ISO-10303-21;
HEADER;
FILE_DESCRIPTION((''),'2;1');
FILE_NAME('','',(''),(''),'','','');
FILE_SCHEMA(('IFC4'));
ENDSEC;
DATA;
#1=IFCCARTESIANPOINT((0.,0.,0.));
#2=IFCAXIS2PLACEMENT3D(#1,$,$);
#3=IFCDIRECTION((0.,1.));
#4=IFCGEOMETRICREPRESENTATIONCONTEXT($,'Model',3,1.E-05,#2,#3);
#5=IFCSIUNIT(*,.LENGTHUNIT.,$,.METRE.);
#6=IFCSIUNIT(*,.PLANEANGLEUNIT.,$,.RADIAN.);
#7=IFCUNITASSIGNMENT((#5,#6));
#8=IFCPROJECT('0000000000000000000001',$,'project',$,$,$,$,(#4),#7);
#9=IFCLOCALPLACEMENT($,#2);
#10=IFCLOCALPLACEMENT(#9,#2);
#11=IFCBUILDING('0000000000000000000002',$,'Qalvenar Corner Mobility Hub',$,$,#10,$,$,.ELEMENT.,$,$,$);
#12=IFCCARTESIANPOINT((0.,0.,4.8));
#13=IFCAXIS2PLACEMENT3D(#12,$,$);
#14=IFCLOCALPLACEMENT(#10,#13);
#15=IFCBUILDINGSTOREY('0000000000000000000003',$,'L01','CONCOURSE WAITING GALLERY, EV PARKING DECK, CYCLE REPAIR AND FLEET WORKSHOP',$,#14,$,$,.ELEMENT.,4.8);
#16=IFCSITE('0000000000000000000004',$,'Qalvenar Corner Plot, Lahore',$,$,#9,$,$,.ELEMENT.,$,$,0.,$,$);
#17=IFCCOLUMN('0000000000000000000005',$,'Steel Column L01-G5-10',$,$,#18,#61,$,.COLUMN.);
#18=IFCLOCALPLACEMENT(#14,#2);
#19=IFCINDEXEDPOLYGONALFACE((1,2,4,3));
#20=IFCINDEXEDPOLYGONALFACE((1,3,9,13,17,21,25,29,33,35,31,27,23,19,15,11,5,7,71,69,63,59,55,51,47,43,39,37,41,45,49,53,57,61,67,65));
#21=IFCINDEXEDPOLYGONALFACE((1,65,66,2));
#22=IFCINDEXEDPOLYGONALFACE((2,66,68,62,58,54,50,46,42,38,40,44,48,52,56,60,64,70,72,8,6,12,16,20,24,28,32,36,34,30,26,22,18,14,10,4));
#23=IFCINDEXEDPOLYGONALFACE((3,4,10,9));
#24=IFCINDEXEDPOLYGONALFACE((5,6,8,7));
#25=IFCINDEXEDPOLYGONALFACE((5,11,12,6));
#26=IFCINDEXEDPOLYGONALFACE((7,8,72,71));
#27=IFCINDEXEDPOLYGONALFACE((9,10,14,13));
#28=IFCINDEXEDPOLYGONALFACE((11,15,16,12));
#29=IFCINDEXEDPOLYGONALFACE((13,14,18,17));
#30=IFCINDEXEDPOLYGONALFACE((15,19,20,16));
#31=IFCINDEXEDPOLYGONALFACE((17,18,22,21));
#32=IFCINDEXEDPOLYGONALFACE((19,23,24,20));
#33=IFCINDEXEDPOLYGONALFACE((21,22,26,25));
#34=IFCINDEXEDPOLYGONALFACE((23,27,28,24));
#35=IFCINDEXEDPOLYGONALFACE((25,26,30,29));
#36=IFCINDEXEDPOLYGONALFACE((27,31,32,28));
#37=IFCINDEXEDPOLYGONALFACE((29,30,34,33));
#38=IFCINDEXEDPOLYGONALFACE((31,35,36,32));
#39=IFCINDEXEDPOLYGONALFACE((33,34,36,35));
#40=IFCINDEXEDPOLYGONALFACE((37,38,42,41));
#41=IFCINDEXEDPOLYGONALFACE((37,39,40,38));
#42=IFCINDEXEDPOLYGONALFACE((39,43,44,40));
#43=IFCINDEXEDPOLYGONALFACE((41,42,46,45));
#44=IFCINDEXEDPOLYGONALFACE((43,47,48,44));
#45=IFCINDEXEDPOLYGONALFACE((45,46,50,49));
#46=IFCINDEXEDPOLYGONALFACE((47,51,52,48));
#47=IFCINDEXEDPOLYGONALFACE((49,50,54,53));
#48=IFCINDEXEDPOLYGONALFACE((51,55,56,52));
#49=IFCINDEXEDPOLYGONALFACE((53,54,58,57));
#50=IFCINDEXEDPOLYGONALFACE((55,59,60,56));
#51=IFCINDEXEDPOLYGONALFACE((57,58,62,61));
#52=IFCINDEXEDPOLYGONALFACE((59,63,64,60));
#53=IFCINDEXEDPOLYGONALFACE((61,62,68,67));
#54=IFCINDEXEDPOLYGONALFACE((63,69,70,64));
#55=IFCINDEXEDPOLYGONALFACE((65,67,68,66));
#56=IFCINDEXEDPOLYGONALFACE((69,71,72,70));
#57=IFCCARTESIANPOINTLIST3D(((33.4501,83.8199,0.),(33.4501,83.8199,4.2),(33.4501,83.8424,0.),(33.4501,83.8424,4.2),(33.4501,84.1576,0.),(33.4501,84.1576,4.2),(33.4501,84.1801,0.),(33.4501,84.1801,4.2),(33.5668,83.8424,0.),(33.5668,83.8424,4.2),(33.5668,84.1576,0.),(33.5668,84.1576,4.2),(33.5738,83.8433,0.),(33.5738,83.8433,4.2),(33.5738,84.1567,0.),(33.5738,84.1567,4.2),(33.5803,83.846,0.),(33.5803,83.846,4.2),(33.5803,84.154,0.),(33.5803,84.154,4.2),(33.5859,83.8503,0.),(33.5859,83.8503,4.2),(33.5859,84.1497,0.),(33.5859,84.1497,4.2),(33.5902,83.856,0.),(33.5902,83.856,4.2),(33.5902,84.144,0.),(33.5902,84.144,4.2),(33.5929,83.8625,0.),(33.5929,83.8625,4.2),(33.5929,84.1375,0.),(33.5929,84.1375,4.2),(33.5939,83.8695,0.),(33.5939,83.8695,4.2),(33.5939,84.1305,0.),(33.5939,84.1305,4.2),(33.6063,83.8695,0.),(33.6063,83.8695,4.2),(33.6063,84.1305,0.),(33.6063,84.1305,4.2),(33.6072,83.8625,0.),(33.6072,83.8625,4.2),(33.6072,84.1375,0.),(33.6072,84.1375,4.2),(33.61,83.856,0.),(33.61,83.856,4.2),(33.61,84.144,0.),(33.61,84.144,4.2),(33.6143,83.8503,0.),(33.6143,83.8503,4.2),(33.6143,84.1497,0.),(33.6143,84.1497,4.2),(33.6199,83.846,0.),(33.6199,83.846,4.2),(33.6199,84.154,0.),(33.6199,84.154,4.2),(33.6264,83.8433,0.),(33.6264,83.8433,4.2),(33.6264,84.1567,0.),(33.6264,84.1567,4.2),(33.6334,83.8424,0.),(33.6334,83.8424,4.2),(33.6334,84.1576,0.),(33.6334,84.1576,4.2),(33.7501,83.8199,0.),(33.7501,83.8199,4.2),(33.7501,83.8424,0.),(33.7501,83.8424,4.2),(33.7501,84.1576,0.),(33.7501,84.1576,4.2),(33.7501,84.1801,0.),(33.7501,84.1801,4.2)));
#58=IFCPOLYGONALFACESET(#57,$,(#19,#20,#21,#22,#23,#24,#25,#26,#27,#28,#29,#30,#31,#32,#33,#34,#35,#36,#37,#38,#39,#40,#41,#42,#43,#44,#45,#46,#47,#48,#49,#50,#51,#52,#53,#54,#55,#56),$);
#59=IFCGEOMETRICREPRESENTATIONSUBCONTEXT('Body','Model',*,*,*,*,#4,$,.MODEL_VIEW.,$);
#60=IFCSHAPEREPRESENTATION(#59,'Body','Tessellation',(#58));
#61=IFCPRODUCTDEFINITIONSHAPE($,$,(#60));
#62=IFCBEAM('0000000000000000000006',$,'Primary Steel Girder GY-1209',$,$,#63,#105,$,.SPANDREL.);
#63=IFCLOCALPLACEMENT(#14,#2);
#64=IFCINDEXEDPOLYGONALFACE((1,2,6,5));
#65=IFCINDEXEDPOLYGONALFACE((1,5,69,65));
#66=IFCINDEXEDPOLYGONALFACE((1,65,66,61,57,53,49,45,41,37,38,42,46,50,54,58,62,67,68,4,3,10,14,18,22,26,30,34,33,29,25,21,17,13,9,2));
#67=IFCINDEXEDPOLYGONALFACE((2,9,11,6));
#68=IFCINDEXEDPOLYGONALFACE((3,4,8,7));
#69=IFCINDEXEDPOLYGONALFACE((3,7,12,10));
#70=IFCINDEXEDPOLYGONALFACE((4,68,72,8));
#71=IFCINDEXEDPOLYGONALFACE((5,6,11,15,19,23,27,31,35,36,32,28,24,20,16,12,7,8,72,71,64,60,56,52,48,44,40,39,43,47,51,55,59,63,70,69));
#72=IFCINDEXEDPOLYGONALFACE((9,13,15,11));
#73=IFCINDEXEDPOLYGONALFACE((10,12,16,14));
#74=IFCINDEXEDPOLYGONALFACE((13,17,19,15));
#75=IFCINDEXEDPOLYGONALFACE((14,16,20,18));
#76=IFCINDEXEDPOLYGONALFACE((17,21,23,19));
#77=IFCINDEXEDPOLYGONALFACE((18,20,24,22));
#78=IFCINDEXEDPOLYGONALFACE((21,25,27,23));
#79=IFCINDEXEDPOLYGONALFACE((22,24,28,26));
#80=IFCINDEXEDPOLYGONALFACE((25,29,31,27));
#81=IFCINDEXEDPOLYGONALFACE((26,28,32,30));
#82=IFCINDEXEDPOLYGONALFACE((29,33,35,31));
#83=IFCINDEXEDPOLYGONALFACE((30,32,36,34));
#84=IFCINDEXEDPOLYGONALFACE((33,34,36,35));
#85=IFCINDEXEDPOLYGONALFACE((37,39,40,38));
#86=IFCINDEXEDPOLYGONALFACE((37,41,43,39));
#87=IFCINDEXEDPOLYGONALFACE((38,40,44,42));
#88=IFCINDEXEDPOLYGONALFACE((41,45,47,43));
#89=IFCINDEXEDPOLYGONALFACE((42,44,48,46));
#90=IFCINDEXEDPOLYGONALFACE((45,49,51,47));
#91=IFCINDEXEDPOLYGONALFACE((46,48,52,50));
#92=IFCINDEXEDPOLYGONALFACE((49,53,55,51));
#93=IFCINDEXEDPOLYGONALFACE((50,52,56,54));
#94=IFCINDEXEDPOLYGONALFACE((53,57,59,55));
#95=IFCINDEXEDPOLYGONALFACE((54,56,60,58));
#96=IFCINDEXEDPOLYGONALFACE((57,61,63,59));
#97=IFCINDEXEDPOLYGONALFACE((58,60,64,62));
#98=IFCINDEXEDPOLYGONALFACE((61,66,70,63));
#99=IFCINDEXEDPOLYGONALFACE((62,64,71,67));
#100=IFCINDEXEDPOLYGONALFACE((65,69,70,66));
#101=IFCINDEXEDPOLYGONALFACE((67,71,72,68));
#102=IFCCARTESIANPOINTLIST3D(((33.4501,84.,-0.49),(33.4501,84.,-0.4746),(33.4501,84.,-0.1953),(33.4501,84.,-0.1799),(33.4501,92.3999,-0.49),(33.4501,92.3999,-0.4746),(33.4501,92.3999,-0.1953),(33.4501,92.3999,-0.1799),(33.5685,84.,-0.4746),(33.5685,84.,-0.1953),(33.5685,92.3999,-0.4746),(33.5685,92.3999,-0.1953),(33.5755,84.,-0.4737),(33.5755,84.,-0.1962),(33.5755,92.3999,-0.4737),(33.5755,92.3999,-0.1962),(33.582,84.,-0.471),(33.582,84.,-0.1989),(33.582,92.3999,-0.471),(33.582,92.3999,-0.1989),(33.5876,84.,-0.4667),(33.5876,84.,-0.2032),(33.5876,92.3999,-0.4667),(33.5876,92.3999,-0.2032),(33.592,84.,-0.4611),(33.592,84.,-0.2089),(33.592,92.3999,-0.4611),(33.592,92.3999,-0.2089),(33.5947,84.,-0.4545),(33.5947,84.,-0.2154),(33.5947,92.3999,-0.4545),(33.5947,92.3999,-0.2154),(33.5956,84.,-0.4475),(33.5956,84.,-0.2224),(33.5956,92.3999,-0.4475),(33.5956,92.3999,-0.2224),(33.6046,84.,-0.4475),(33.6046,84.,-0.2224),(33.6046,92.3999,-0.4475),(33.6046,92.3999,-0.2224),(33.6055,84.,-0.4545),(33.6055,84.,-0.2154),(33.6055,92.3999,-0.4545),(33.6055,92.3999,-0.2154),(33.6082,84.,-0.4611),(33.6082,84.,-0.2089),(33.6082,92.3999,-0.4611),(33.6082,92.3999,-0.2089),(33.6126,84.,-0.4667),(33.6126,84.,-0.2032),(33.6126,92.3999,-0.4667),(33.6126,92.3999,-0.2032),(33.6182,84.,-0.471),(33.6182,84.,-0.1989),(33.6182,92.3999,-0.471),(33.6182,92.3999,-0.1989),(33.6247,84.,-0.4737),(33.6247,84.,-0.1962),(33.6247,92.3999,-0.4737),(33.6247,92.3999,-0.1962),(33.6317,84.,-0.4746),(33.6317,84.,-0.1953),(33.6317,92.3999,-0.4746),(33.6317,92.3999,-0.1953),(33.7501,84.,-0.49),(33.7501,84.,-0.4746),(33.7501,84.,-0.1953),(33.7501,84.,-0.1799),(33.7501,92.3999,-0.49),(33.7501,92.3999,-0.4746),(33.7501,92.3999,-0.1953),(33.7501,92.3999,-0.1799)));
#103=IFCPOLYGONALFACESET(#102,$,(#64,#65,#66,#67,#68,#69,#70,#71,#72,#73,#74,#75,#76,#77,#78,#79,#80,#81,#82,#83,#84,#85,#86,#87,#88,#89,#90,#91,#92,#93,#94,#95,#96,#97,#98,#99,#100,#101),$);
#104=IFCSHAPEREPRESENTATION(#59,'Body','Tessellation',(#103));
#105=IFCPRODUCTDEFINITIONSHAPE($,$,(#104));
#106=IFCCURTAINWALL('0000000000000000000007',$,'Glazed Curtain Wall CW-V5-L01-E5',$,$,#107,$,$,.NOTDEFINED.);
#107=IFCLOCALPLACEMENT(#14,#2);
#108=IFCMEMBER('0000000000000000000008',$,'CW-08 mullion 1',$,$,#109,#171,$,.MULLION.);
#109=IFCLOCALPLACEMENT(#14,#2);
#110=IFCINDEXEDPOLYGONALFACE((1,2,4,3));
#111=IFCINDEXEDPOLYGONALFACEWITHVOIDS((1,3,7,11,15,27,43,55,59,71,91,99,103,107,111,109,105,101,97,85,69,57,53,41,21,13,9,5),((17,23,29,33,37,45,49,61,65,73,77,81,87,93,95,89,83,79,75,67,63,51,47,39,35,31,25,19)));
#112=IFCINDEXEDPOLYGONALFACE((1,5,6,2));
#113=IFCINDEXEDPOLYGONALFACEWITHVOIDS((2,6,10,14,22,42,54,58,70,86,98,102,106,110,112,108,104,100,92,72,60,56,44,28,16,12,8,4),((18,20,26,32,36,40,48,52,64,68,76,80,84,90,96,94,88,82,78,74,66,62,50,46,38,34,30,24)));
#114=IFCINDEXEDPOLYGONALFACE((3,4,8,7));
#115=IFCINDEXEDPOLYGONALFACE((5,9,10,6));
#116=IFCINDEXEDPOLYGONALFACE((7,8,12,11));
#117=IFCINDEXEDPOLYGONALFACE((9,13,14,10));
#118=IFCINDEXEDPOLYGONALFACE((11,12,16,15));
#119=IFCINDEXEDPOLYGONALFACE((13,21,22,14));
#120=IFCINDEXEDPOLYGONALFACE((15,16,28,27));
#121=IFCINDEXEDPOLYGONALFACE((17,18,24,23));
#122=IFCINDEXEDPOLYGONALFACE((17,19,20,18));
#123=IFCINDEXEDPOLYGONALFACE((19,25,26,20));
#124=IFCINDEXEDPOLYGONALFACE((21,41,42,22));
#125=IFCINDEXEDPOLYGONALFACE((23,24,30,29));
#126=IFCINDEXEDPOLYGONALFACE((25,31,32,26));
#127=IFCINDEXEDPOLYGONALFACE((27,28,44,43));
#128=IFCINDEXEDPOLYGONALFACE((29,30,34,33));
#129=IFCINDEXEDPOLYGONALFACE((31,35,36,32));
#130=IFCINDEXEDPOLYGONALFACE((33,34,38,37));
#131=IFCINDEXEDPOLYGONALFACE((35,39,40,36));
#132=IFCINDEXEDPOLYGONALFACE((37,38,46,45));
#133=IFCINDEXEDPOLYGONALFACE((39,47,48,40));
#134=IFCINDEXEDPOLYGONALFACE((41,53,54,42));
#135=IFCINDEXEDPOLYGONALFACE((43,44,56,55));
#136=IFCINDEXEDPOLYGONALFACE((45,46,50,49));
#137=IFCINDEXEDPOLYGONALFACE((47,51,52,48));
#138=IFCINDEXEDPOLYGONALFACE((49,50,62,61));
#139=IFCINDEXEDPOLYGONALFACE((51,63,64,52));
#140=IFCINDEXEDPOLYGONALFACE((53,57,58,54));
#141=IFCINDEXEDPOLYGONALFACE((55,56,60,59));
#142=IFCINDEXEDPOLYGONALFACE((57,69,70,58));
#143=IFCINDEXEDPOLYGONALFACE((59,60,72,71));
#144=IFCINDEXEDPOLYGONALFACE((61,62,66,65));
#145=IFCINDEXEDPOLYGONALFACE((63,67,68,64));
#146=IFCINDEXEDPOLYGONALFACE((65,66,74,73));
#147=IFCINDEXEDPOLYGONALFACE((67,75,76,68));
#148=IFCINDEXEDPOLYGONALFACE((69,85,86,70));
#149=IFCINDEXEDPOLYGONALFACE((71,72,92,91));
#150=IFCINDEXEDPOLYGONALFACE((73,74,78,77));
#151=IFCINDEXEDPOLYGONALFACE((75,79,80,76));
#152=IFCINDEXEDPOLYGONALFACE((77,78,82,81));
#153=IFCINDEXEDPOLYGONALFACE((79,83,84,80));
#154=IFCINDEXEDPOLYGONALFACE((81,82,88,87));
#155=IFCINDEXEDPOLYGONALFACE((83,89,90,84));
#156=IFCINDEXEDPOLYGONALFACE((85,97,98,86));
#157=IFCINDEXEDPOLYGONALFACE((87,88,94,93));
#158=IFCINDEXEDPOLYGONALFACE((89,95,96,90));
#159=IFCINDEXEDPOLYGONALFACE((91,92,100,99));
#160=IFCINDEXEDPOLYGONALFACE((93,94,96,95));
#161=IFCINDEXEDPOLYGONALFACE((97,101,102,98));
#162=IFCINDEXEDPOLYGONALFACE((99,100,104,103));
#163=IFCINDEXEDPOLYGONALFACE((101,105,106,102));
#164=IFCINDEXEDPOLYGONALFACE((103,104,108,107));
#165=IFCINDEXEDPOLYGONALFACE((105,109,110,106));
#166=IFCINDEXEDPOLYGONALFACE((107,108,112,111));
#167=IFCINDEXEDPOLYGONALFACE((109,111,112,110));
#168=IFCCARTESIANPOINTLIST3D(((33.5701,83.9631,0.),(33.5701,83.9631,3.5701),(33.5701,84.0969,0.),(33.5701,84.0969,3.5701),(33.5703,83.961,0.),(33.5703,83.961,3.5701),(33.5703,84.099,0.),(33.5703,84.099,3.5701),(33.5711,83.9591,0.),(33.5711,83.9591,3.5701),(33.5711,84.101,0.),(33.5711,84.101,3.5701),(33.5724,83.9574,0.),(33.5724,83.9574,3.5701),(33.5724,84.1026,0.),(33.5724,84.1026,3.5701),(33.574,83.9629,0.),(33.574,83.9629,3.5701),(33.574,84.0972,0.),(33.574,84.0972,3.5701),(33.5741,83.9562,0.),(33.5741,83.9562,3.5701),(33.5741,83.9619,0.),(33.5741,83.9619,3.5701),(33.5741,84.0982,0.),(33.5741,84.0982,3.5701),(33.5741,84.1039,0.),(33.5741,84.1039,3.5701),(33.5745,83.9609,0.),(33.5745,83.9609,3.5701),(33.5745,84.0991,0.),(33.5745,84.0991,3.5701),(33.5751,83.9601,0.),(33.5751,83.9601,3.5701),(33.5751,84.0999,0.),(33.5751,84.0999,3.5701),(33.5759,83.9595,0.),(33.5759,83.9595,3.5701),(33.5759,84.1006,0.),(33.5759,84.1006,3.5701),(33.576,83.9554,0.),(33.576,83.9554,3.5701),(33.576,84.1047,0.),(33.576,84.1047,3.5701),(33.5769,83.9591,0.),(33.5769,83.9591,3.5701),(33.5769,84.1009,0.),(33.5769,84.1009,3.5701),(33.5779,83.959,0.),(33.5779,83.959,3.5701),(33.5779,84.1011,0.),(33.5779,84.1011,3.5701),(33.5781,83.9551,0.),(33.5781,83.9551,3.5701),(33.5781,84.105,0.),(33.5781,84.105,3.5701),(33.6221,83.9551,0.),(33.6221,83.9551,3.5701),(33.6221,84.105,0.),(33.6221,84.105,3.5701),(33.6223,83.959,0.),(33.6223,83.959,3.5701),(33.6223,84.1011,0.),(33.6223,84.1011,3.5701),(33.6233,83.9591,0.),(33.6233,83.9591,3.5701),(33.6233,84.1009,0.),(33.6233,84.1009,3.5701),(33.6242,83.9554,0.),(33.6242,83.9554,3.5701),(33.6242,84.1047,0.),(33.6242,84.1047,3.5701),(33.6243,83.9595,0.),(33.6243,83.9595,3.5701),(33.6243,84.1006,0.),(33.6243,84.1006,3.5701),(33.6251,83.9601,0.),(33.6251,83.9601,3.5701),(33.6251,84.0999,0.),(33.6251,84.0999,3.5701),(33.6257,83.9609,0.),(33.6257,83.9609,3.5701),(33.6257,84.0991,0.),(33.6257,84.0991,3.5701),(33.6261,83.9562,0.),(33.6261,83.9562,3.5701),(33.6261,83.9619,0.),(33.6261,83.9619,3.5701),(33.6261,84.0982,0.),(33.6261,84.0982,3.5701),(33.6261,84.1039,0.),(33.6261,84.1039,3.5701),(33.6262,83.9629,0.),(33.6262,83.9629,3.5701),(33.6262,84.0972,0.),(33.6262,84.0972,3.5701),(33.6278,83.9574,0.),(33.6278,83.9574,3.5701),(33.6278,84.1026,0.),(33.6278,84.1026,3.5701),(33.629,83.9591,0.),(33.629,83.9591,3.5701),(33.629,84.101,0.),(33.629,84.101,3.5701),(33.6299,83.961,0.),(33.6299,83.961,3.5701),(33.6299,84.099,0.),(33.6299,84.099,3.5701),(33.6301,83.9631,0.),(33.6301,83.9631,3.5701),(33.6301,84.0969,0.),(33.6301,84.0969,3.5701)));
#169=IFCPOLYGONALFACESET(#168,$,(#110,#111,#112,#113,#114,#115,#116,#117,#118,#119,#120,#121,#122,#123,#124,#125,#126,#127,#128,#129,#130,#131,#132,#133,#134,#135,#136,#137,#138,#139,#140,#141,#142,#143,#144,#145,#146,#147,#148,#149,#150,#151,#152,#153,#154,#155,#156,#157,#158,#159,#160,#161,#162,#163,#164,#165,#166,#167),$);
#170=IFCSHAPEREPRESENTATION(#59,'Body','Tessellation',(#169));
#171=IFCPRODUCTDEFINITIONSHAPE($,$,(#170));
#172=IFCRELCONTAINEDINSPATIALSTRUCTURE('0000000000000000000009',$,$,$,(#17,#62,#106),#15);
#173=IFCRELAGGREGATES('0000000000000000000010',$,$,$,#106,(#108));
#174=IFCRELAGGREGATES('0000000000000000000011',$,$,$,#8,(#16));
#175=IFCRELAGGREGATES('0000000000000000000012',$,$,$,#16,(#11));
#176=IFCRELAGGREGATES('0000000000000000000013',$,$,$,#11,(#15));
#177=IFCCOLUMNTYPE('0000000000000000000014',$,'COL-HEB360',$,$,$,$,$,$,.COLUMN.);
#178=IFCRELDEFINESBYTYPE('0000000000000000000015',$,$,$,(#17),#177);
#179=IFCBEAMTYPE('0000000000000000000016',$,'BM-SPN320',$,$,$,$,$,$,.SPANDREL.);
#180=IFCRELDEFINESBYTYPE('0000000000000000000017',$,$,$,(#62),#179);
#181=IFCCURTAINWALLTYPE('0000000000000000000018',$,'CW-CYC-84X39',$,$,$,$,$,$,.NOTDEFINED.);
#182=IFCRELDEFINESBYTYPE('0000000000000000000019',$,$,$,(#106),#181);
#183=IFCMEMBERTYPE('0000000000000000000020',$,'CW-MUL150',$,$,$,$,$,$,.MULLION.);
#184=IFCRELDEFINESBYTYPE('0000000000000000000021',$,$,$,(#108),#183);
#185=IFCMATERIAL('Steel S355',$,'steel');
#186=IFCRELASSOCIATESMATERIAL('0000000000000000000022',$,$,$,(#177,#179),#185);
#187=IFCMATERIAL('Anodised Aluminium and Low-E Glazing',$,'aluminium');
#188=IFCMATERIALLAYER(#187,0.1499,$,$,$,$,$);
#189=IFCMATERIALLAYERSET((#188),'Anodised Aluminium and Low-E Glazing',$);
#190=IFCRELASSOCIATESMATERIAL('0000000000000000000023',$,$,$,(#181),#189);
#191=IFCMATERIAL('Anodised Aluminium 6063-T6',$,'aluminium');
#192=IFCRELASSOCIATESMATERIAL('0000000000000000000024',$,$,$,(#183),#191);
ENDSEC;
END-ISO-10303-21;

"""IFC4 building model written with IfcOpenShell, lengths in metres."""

from ifc_helpers import new_model, si_unit, direction, frame, origin, origin_2d, place, context, subcontext, project, spatial, hollow_rectangle, i_section, extrude, material, layer, layer_set, material_profile, profile_set, type_object, element, aggregate, save


model = new_model("IFC4")

# Units and contexts
model_context = context("Model", 3, precision=1e-05, world=origin(), true_north=direction((0.0, 1.0)))
body_context = subcontext(model_context, "Body", "Model", "MODEL_VIEW")
ifc_project = project(units=[si_unit("LENGTHUNIT", "METRE"), si_unit("PLANEANGLEUNIT", "RADIAN")], contexts=[model_context])

# Site, building, storey
site_placement = place(None, origin())
site = spatial("IfcSite", under=ifc_project, at=site_placement, Name="Qalvenar Corner Plot, Lahore", CompositionType="ELEMENT", RefElevation=0.0)
building_placement = place(site_placement, origin())
building = spatial("IfcBuilding", under=site, at=building_placement, Name="Qalvenar Corner Mobility Hub", CompositionType="ELEMENT")
storey_placement = place(building_placement, frame((0.0, 0.0, 4.8)))
storey = spatial("IfcBuildingStorey", under=building, at=storey_placement, Name="L01", Description="CONCOURSE WAITING GALLERY, EV PARKING DECK, CYCLE REPAIR AND FLEET WORKSHOP", CompositionType="ELEMENT", Elevation=4.8)

# Column
ifc_material_1 = material(Name="Steel S355", Category="steel")
ifc_material_profile_1 = material_profile(ifc_material_1, i_section(OverallWidth=0.3, OverallDepth=0.3601, WebThickness=0.0125, FlangeThickness=0.0225, FilletRadius=0.0271, at=origin_2d()), Name="HEB360")
ifc_profile_set_1 = profile_set([ifc_material_profile_1], Name="Steel S355")
column_type = type_object("IfcColumnType", Name="COL-HEB360", PredefinedType="COLUMN", material=ifc_profile_set_1)
column_placement = place(storey_placement, frame((33.6001, 84.0, 0.0), z_axis=(0.0, 0.0, 1.0), x_axis=(1.0, 0.0, 0.0)))
element("IfcColumn", 1, at=column_placement, inside=storey, type_object=column_type, Name="Steel Column L01-G5-10", PredefinedType="COLUMN", context=body_context, shape_type="SweptSolid", body=[
    extrude(i_section(OverallWidth=0.3, OverallDepth=0.3601, WebThickness=0.0125, FlangeThickness=0.0225, FilletRadius=0.0271, at=origin_2d()), origin(), (0.0, 0.0, 1.0), 4.2),
])

# Beam
ifc_material_profile_2 = material_profile(ifc_material_1, i_section(OverallWidth=0.3, OverallDepth=0.3101, WebThickness=0.009, FlangeThickness=0.0154, FilletRadius=0.0271, at=origin_2d()), Name="HEA320")
ifc_profile_set_2 = profile_set([ifc_material_profile_2], Name="Steel S355")
beam_type = type_object("IfcBeamType", Name="BM-SPN320", PredefinedType="SPANDREL", material=ifc_profile_set_2)
beam_placement = place(storey_placement, frame((33.6001, 84.0, -0.335), z_axis=(0.0, 1.0, 0.0), x_axis=(-1.0, 0.0, 0.0)))
element("IfcBeam", 2, at=beam_placement, inside=storey, type_object=beam_type, Name="Primary Steel Girder GY-1209", PredefinedType="SPANDREL", context=body_context, shape_type="SweptSolid", body=[
    extrude(i_section(OverallWidth=0.3, OverallDepth=0.3101, WebThickness=0.009, FlangeThickness=0.0154, FilletRadius=0.0271, at=origin_2d()), origin(), (0.0, 0.0, 1.0), 8.3999),
])

# Curtain wall, member
ifc_material_2 = material(Name="Anodised Aluminium and Low-E Glazing", Category="aluminium")
ifc_layer_1 = layer(ifc_material_2, 0.1499)
ifc_layer_set_1 = layer_set([ifc_layer_1], Name="Anodised Aluminium and Low-E Glazing")
curtain_wall_type = type_object("IfcCurtainWallType", Name="CW-CYC-84X39", PredefinedType="NOTDEFINED", material=ifc_layer_set_1)
curtain_wall_placement = place(storey_placement, origin())
curtain_wall = element("IfcCurtainWall", 3, at=curtain_wall_placement, inside=storey, type_object=curtain_wall_type, Name="Glazed Curtain Wall CW-V5-L01-E5", PredefinedType="NOTDEFINED")
ifc_material_3 = material(Name="Anodised Aluminium 6063-T6", Category="aluminium")
ifc_material_profile_3 = material_profile(ifc_material_3, hollow_rectangle(XDim=0.0601, YDim=0.1499, WallThickness=0.0039, InnerFilletRadius=0.0039, OuterFilletRadius=0.0081, at=origin_2d()), Name="RHS150x60x4")
ifc_profile_set_3 = profile_set([ifc_material_profile_3], Name="Anodised Aluminium 6063-T6")
member_type_1 = type_object("IfcMemberType", Name="CW-MUL150", PredefinedType="MULLION", material=ifc_profile_set_3)
member_1_placement = place(storey_placement, frame((33.6001, 84.03, 0.0), z_axis=(0.0, 0.0, 1.0), x_axis=(-1.0, 0.0, 0.0)))
member_1 = element("IfcMember", 4, at=member_1_placement, type_object=member_type_1, Name="CW-08 mullion 1", PredefinedType="MULLION", context=body_context, shape_type="SweptSolid", body=[
    extrude(hollow_rectangle(XDim=0.0601, YDim=0.1499, WallThickness=0.0039, InnerFilletRadius=0.0039, OuterFilletRadius=0.0081, at=origin_2d()), origin(), (0.0, 0.0, 1.0), 3.5701),
])
aggregate(curtain_wall, [member_1])

save(model, "model.ifc")
